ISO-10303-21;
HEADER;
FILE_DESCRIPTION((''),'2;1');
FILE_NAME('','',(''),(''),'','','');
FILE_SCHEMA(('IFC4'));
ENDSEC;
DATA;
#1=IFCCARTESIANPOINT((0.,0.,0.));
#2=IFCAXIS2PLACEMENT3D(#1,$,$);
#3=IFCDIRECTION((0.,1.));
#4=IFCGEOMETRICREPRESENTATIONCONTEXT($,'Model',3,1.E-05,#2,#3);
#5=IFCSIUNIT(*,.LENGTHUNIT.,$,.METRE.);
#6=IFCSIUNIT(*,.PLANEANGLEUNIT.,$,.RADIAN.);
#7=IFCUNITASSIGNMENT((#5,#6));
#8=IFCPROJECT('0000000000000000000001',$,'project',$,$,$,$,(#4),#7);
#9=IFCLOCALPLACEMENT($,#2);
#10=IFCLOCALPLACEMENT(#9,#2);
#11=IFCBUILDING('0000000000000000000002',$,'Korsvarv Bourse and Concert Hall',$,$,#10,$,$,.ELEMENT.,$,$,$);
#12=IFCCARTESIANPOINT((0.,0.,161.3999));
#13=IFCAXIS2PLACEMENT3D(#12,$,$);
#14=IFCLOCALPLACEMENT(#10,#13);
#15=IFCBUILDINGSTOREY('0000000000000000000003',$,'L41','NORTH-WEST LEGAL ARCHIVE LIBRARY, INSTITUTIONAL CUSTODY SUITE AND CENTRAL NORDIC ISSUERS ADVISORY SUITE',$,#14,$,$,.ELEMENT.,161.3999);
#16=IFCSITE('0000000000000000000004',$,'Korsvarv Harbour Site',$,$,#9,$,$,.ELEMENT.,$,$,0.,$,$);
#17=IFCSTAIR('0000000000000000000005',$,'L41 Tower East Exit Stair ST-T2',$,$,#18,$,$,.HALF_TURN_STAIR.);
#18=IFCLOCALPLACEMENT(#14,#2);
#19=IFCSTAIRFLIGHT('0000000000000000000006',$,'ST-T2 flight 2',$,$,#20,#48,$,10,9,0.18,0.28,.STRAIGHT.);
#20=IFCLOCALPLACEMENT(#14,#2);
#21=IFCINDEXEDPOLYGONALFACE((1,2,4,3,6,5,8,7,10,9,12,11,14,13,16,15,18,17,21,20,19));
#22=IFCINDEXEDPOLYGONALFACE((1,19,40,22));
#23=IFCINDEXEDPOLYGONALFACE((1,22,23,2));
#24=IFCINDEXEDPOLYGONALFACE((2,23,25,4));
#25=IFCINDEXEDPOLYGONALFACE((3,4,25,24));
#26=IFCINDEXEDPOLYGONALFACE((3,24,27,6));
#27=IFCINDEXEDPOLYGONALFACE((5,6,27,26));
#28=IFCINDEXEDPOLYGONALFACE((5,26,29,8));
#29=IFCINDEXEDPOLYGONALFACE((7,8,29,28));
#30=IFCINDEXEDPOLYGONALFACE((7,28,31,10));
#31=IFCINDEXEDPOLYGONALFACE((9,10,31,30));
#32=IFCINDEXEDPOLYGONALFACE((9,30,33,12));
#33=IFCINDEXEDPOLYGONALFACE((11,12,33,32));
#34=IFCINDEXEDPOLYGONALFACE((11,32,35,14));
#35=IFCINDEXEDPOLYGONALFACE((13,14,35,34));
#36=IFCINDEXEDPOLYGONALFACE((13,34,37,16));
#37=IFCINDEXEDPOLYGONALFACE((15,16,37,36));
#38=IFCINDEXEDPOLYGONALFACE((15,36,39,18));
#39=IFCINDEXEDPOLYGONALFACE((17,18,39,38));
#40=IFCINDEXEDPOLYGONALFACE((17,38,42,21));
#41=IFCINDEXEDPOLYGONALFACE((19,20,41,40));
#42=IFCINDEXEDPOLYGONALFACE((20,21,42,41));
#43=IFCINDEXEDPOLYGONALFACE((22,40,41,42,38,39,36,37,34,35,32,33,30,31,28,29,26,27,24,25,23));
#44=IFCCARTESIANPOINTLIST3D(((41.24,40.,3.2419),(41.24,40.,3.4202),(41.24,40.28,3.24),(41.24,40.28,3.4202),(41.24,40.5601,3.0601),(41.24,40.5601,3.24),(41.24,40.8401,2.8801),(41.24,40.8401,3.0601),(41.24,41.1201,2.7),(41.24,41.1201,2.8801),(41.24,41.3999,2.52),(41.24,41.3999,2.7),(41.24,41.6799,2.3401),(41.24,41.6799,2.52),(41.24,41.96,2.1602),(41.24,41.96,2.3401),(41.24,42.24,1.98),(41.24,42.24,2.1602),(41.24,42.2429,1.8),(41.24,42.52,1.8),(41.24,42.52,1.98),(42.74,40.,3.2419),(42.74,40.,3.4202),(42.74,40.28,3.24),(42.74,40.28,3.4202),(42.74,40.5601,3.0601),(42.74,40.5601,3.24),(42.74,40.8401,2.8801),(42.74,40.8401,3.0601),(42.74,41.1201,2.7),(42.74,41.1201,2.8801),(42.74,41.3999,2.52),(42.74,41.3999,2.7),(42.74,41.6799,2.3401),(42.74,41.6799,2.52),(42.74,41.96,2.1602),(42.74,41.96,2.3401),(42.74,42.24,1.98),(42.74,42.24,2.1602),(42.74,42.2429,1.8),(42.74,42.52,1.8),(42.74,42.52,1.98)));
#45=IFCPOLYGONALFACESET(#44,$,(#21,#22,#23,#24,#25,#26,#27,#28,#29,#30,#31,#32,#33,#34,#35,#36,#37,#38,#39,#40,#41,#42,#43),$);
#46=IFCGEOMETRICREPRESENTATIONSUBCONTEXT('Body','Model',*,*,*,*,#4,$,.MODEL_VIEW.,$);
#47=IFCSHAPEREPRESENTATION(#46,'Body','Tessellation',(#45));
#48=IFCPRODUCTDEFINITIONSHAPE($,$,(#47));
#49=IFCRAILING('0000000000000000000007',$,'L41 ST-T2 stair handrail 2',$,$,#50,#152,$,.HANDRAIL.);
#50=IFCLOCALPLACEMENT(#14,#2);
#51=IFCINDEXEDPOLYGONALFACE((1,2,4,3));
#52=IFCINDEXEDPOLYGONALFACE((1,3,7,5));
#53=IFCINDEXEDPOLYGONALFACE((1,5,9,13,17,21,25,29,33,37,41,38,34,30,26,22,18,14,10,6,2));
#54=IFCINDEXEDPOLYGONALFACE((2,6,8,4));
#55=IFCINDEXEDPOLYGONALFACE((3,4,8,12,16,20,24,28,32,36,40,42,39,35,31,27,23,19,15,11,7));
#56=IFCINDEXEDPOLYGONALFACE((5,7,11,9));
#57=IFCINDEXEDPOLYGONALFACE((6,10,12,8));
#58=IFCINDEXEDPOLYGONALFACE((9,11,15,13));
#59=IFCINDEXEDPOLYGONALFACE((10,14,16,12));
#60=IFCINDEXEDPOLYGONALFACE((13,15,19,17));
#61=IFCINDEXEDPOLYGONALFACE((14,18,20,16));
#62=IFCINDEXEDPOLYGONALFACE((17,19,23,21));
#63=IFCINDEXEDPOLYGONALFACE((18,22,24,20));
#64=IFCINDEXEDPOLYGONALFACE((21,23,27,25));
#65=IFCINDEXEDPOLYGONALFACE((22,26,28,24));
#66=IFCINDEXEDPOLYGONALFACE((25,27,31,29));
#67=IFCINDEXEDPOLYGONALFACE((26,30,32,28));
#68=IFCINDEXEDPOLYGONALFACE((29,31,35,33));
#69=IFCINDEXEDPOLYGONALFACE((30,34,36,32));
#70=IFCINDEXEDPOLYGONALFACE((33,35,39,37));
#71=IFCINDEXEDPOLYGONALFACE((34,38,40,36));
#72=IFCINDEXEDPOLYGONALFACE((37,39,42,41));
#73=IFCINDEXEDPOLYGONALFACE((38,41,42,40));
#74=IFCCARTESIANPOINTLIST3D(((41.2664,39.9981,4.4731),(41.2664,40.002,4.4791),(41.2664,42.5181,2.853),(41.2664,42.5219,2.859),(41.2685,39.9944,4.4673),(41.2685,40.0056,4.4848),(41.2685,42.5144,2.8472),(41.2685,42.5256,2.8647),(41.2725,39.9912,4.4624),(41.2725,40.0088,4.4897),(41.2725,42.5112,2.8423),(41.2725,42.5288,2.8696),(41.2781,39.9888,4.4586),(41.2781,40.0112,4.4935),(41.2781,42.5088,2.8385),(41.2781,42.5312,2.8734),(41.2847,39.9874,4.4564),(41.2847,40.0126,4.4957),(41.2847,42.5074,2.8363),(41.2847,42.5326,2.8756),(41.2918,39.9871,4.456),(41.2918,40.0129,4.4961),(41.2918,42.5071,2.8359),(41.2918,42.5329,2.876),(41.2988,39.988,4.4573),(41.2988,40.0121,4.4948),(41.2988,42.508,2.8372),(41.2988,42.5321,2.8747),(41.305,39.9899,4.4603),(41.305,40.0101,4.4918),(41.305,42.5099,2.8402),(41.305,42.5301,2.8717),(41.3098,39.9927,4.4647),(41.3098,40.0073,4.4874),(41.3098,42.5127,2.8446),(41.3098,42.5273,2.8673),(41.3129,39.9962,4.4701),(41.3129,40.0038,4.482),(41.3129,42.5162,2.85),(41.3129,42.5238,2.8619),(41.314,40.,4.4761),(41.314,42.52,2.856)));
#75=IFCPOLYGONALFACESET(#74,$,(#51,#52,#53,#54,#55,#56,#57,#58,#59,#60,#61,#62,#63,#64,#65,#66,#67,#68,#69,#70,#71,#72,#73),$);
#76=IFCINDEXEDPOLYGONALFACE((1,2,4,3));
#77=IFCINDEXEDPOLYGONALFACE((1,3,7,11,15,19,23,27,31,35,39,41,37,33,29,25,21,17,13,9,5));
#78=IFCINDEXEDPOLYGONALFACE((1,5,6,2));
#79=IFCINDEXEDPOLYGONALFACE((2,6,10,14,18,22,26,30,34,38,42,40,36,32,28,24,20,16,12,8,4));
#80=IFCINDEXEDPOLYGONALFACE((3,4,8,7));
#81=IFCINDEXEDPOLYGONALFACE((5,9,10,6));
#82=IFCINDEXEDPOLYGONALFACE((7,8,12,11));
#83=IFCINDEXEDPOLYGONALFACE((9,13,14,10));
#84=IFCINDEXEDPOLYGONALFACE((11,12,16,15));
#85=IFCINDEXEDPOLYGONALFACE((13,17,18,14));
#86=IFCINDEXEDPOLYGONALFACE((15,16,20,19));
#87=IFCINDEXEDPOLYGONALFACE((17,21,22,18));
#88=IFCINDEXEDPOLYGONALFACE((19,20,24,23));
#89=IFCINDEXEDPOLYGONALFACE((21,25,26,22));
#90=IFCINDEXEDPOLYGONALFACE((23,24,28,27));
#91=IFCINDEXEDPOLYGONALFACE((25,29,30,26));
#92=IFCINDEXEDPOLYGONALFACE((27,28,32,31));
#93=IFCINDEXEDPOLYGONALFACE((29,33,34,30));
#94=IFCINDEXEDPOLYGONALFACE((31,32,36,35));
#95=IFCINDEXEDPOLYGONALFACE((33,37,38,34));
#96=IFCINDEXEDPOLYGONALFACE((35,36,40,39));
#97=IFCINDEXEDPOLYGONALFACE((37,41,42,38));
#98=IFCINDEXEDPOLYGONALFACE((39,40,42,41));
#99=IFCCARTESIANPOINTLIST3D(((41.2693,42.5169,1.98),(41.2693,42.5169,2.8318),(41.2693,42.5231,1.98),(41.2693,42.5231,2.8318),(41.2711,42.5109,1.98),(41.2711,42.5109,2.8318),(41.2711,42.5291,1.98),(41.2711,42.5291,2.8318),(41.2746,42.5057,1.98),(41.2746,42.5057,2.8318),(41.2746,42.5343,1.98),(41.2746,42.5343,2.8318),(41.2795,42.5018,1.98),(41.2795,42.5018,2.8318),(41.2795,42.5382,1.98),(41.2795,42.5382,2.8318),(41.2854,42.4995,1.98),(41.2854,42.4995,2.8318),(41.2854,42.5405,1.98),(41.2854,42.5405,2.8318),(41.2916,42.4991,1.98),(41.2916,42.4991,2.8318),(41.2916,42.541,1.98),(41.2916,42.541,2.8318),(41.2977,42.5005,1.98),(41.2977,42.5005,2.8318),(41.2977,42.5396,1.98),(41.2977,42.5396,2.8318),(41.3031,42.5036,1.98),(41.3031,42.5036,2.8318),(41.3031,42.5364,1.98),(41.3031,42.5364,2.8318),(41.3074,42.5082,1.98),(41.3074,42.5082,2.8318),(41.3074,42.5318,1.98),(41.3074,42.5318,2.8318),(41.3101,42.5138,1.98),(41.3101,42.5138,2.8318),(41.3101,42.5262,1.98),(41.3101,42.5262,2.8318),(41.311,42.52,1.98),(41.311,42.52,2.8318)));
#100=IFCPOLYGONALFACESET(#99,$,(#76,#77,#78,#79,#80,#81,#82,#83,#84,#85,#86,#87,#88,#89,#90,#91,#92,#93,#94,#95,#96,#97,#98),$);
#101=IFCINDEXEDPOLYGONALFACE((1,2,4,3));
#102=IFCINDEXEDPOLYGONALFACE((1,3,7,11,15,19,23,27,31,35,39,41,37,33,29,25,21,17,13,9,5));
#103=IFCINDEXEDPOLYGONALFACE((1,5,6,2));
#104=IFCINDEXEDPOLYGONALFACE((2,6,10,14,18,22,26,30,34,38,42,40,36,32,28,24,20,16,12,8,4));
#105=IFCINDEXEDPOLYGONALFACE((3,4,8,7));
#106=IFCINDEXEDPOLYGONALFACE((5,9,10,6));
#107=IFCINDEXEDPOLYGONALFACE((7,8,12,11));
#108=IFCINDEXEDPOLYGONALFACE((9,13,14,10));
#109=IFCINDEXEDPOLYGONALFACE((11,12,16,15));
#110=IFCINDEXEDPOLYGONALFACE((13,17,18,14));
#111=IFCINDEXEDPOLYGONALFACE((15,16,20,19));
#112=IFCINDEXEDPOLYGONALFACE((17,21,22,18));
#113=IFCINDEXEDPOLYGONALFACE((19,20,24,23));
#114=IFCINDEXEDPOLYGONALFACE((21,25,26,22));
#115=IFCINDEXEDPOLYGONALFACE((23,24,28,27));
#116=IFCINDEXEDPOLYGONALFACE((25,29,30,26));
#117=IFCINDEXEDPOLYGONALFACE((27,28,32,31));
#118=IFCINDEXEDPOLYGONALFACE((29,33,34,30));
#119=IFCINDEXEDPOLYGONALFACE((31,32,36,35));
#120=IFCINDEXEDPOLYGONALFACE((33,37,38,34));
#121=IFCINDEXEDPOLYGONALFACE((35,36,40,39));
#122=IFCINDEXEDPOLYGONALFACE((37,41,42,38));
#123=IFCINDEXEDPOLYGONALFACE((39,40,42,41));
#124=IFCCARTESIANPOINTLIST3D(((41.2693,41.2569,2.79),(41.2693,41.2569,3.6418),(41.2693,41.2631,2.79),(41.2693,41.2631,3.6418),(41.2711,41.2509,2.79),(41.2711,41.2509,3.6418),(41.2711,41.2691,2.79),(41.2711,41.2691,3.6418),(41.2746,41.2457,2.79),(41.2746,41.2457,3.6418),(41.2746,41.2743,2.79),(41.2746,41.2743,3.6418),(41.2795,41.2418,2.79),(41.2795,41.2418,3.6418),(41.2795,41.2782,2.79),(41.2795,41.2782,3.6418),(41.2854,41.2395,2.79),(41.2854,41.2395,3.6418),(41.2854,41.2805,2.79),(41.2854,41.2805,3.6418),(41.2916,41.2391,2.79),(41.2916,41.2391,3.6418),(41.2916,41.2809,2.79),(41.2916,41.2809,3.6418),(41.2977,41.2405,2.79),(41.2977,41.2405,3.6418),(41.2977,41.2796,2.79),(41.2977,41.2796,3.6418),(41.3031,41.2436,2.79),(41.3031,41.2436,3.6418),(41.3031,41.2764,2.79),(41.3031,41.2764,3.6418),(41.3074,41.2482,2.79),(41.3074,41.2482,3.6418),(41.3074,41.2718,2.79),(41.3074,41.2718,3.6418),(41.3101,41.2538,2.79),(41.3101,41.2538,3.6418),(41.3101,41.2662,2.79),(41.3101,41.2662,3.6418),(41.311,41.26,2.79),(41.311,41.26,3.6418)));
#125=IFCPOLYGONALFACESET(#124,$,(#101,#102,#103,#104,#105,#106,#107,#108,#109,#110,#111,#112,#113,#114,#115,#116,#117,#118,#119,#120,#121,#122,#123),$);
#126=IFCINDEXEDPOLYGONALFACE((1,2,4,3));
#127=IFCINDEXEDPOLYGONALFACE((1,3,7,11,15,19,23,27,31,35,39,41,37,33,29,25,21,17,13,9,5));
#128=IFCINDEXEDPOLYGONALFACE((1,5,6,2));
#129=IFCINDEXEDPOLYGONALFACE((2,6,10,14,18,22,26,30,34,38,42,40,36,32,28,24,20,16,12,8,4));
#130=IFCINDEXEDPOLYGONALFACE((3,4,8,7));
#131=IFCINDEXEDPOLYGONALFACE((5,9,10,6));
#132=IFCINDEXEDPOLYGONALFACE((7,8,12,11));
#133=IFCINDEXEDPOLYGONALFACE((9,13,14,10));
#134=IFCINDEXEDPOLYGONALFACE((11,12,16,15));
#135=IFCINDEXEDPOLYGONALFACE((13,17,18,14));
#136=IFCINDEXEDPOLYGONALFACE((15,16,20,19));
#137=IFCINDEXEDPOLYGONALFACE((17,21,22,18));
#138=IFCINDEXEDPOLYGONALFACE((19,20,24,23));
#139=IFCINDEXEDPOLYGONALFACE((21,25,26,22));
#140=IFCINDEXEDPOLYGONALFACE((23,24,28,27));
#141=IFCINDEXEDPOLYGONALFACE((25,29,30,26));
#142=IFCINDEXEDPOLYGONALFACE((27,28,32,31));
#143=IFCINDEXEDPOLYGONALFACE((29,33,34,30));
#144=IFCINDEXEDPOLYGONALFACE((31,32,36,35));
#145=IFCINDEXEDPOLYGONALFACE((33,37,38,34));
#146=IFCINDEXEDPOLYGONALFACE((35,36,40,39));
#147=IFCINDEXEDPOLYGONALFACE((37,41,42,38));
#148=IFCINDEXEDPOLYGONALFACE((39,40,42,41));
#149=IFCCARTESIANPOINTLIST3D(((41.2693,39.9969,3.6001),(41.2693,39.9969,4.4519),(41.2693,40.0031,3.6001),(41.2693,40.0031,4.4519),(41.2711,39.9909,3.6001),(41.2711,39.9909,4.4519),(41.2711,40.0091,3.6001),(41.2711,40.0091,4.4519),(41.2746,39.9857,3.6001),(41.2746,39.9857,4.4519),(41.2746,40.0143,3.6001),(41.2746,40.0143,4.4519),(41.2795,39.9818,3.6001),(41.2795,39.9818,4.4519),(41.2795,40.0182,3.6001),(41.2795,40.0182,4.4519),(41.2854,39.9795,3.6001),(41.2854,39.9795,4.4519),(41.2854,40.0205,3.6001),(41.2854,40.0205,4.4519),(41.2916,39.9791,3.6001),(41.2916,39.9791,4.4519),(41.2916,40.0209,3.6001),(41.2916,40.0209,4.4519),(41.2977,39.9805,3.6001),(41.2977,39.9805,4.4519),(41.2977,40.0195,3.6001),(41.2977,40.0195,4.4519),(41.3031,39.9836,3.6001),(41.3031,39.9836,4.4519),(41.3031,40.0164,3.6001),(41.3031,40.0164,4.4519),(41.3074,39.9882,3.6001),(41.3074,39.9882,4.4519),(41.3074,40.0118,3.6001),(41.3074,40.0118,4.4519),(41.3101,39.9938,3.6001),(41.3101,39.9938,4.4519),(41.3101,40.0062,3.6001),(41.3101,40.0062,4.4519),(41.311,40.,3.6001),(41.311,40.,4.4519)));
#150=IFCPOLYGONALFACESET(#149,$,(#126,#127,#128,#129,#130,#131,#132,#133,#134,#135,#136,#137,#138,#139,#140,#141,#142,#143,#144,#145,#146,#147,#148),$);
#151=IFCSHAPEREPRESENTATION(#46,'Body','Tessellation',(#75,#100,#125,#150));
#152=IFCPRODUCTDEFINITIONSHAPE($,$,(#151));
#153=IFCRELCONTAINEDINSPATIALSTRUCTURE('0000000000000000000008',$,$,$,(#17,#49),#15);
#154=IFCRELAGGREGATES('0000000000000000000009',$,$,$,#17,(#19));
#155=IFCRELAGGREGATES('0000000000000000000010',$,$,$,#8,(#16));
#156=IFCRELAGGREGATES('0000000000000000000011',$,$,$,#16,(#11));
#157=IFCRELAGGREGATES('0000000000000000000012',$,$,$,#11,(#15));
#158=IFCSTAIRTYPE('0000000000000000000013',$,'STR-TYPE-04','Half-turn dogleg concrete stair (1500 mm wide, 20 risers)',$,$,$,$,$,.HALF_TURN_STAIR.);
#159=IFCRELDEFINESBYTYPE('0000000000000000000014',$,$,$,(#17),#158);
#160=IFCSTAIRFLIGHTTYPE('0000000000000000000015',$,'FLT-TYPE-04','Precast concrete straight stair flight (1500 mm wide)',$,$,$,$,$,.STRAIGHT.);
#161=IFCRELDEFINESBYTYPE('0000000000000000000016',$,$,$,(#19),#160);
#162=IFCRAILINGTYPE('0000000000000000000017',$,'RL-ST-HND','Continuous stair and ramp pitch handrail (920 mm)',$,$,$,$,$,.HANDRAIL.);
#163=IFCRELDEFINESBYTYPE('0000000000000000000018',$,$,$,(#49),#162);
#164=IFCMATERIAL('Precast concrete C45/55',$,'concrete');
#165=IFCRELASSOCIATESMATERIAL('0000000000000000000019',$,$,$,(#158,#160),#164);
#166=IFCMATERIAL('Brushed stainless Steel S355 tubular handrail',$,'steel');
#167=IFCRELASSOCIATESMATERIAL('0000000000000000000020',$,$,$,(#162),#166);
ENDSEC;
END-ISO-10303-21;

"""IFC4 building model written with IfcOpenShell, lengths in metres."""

from ifc_helpers import new_model, si_unit, direction, frame, origin, origin_2d, place, context, subcontext, project, spatial, polyline, circle, outline, extrude, material, type_object, element, aggregate, save


model = new_model("IFC4")

# Units and contexts
model_context = context("Model", 3, precision=1e-05, world=origin(), true_north=direction((0.0, 1.0)))
body_context = subcontext(model_context, "Body", "Model", "MODEL_VIEW")
ifc_project = project(units=[si_unit("LENGTHUNIT", "METRE"), si_unit("PLANEANGLEUNIT", "RADIAN")], contexts=[model_context])

# Site, building, storey
site_placement = place(None, origin())
site = spatial("IfcSite", under=ifc_project, at=site_placement, Name="Korsvarv Harbour Site", CompositionType="ELEMENT", RefElevation=0.0)
building_placement = place(site_placement, origin())
building = spatial("IfcBuilding", under=site, at=building_placement, Name="Korsvarv Bourse and Concert Hall", CompositionType="ELEMENT")
storey_placement = place(building_placement, frame((0.0, 0.0, 161.3999)))
storey = spatial("IfcBuildingStorey", under=building, at=storey_placement, Name="L41", Description="NORTH-WEST LEGAL ARCHIVE LIBRARY, INSTITUTIONAL CUSTODY SUITE AND CENTRAL NORDIC ISSUERS ADVISORY SUITE", CompositionType="ELEMENT", Elevation=161.3999)

# Stair, stair flight
ifc_material_1 = material(Name="Precast concrete C45/55", Category="concrete")
stair_type = type_object("IfcStairType", Name="STR-TYPE-04", Description="Half-turn dogleg concrete stair (1500 mm wide, 20 risers)", PredefinedType="HALF_TURN_STAIR", material=ifc_material_1)
stair_placement = place(storey_placement, origin())
stair = element("IfcStair", 1, at=stair_placement, inside=storey, type_object=stair_type, Name="L41 Tower East Exit Stair ST-T2", PredefinedType="HALF_TURN_STAIR")
stair_flight_type = type_object("IfcStairFlightType", Name="FLT-TYPE-04", Description="Precast concrete straight stair flight (1500 mm wide)", PredefinedType="STRAIGHT", material=ifc_material_1)
stair_flight_placement = place(storey_placement, frame((41.99, 42.52, 1.8), z_axis=(0.0, 0.0, 1.0), x_axis=(0.0, -1.0, 0.0)))
stair_flight = element("IfcStairFlight", 2, at=stair_flight_placement, type_object=stair_flight_type, Name="ST-T2 flight 2", NumberOfRisers=10, NumberOfTreads=9, PredefinedType="STRAIGHT", RiserHeight=0.18, TreadLength=0.28, context=body_context, shape_type="SweptSolid", body=[
    extrude(outline(polyline([(0.0, 0.0), (0.0, 0.1799), (0.28, 0.1799), (0.28, 0.3601), (0.5601, 0.3601), (0.5601, 0.54), (0.8401, 0.54), (0.8401, 0.72), (1.1201, 0.72), (1.1201, 0.8999), (1.3999, 0.8999), (1.3999, 1.0801), (1.6799, 1.0801), (1.6799, 1.26), (1.96, 1.26), (1.96, 1.4399), (2.24, 1.4399), (2.24, 1.6201), (2.52, 1.6201), (2.52, 1.8), (2.52, 1.4419), (0.2771, 0.0), (0.0, 0.0)])), frame((0.0, 0.75, 0.0), z_axis=(0.0, -1.0, 0.0), x_axis=(1.0, 0.0, 0.0)), (0.0, 0.0, 1.0), 1.5),
])
aggregate(stair, [stair_flight])

# Railing
ifc_material_2 = material(Name="Brushed stainless Steel S355 tubular handrail", Category="steel")
railing_type = type_object("IfcRailingType", Name="RL-ST-HND", Description="Continuous stair and ramp pitch handrail (920 mm)", PredefinedType="HANDRAIL", material=ifc_material_2)
railing_placement = place(storey_placement, frame((41.29, 42.52, 1.98)))
element("IfcRailing", 3, at=railing_placement, inside=storey, type_object=railing_type, Name="L41 ST-T2 stair handrail 2", PredefinedType="HANDRAIL", context=body_context, shape_type="SweptSolid", body=[
    extrude(circle(Radius=0.0239, at=origin_2d()), frame((0.0, 0.0, 0.876), z_axis=(0.0, -0.841163, 0.540782), x_axis=(1.0, 0.0, 0.0)), (0.0, 0.0, 1.0), 2.9958),
    extrude(circle(Radius=0.021, at=origin_2d()), origin(), (0.0, 0.0, 1.0), 0.8518),
    extrude(circle(Radius=0.021, at=origin_2d()), frame((0.0, -1.26, 0.8101)), (0.0, 0.0, 1.0), 0.8518),
    extrude(circle(Radius=0.021, at=origin_2d()), frame((0.0, -2.52, 1.6201)), (0.0, 0.0, 1.0), 0.8518),
])

save(model, "model.ifc")
